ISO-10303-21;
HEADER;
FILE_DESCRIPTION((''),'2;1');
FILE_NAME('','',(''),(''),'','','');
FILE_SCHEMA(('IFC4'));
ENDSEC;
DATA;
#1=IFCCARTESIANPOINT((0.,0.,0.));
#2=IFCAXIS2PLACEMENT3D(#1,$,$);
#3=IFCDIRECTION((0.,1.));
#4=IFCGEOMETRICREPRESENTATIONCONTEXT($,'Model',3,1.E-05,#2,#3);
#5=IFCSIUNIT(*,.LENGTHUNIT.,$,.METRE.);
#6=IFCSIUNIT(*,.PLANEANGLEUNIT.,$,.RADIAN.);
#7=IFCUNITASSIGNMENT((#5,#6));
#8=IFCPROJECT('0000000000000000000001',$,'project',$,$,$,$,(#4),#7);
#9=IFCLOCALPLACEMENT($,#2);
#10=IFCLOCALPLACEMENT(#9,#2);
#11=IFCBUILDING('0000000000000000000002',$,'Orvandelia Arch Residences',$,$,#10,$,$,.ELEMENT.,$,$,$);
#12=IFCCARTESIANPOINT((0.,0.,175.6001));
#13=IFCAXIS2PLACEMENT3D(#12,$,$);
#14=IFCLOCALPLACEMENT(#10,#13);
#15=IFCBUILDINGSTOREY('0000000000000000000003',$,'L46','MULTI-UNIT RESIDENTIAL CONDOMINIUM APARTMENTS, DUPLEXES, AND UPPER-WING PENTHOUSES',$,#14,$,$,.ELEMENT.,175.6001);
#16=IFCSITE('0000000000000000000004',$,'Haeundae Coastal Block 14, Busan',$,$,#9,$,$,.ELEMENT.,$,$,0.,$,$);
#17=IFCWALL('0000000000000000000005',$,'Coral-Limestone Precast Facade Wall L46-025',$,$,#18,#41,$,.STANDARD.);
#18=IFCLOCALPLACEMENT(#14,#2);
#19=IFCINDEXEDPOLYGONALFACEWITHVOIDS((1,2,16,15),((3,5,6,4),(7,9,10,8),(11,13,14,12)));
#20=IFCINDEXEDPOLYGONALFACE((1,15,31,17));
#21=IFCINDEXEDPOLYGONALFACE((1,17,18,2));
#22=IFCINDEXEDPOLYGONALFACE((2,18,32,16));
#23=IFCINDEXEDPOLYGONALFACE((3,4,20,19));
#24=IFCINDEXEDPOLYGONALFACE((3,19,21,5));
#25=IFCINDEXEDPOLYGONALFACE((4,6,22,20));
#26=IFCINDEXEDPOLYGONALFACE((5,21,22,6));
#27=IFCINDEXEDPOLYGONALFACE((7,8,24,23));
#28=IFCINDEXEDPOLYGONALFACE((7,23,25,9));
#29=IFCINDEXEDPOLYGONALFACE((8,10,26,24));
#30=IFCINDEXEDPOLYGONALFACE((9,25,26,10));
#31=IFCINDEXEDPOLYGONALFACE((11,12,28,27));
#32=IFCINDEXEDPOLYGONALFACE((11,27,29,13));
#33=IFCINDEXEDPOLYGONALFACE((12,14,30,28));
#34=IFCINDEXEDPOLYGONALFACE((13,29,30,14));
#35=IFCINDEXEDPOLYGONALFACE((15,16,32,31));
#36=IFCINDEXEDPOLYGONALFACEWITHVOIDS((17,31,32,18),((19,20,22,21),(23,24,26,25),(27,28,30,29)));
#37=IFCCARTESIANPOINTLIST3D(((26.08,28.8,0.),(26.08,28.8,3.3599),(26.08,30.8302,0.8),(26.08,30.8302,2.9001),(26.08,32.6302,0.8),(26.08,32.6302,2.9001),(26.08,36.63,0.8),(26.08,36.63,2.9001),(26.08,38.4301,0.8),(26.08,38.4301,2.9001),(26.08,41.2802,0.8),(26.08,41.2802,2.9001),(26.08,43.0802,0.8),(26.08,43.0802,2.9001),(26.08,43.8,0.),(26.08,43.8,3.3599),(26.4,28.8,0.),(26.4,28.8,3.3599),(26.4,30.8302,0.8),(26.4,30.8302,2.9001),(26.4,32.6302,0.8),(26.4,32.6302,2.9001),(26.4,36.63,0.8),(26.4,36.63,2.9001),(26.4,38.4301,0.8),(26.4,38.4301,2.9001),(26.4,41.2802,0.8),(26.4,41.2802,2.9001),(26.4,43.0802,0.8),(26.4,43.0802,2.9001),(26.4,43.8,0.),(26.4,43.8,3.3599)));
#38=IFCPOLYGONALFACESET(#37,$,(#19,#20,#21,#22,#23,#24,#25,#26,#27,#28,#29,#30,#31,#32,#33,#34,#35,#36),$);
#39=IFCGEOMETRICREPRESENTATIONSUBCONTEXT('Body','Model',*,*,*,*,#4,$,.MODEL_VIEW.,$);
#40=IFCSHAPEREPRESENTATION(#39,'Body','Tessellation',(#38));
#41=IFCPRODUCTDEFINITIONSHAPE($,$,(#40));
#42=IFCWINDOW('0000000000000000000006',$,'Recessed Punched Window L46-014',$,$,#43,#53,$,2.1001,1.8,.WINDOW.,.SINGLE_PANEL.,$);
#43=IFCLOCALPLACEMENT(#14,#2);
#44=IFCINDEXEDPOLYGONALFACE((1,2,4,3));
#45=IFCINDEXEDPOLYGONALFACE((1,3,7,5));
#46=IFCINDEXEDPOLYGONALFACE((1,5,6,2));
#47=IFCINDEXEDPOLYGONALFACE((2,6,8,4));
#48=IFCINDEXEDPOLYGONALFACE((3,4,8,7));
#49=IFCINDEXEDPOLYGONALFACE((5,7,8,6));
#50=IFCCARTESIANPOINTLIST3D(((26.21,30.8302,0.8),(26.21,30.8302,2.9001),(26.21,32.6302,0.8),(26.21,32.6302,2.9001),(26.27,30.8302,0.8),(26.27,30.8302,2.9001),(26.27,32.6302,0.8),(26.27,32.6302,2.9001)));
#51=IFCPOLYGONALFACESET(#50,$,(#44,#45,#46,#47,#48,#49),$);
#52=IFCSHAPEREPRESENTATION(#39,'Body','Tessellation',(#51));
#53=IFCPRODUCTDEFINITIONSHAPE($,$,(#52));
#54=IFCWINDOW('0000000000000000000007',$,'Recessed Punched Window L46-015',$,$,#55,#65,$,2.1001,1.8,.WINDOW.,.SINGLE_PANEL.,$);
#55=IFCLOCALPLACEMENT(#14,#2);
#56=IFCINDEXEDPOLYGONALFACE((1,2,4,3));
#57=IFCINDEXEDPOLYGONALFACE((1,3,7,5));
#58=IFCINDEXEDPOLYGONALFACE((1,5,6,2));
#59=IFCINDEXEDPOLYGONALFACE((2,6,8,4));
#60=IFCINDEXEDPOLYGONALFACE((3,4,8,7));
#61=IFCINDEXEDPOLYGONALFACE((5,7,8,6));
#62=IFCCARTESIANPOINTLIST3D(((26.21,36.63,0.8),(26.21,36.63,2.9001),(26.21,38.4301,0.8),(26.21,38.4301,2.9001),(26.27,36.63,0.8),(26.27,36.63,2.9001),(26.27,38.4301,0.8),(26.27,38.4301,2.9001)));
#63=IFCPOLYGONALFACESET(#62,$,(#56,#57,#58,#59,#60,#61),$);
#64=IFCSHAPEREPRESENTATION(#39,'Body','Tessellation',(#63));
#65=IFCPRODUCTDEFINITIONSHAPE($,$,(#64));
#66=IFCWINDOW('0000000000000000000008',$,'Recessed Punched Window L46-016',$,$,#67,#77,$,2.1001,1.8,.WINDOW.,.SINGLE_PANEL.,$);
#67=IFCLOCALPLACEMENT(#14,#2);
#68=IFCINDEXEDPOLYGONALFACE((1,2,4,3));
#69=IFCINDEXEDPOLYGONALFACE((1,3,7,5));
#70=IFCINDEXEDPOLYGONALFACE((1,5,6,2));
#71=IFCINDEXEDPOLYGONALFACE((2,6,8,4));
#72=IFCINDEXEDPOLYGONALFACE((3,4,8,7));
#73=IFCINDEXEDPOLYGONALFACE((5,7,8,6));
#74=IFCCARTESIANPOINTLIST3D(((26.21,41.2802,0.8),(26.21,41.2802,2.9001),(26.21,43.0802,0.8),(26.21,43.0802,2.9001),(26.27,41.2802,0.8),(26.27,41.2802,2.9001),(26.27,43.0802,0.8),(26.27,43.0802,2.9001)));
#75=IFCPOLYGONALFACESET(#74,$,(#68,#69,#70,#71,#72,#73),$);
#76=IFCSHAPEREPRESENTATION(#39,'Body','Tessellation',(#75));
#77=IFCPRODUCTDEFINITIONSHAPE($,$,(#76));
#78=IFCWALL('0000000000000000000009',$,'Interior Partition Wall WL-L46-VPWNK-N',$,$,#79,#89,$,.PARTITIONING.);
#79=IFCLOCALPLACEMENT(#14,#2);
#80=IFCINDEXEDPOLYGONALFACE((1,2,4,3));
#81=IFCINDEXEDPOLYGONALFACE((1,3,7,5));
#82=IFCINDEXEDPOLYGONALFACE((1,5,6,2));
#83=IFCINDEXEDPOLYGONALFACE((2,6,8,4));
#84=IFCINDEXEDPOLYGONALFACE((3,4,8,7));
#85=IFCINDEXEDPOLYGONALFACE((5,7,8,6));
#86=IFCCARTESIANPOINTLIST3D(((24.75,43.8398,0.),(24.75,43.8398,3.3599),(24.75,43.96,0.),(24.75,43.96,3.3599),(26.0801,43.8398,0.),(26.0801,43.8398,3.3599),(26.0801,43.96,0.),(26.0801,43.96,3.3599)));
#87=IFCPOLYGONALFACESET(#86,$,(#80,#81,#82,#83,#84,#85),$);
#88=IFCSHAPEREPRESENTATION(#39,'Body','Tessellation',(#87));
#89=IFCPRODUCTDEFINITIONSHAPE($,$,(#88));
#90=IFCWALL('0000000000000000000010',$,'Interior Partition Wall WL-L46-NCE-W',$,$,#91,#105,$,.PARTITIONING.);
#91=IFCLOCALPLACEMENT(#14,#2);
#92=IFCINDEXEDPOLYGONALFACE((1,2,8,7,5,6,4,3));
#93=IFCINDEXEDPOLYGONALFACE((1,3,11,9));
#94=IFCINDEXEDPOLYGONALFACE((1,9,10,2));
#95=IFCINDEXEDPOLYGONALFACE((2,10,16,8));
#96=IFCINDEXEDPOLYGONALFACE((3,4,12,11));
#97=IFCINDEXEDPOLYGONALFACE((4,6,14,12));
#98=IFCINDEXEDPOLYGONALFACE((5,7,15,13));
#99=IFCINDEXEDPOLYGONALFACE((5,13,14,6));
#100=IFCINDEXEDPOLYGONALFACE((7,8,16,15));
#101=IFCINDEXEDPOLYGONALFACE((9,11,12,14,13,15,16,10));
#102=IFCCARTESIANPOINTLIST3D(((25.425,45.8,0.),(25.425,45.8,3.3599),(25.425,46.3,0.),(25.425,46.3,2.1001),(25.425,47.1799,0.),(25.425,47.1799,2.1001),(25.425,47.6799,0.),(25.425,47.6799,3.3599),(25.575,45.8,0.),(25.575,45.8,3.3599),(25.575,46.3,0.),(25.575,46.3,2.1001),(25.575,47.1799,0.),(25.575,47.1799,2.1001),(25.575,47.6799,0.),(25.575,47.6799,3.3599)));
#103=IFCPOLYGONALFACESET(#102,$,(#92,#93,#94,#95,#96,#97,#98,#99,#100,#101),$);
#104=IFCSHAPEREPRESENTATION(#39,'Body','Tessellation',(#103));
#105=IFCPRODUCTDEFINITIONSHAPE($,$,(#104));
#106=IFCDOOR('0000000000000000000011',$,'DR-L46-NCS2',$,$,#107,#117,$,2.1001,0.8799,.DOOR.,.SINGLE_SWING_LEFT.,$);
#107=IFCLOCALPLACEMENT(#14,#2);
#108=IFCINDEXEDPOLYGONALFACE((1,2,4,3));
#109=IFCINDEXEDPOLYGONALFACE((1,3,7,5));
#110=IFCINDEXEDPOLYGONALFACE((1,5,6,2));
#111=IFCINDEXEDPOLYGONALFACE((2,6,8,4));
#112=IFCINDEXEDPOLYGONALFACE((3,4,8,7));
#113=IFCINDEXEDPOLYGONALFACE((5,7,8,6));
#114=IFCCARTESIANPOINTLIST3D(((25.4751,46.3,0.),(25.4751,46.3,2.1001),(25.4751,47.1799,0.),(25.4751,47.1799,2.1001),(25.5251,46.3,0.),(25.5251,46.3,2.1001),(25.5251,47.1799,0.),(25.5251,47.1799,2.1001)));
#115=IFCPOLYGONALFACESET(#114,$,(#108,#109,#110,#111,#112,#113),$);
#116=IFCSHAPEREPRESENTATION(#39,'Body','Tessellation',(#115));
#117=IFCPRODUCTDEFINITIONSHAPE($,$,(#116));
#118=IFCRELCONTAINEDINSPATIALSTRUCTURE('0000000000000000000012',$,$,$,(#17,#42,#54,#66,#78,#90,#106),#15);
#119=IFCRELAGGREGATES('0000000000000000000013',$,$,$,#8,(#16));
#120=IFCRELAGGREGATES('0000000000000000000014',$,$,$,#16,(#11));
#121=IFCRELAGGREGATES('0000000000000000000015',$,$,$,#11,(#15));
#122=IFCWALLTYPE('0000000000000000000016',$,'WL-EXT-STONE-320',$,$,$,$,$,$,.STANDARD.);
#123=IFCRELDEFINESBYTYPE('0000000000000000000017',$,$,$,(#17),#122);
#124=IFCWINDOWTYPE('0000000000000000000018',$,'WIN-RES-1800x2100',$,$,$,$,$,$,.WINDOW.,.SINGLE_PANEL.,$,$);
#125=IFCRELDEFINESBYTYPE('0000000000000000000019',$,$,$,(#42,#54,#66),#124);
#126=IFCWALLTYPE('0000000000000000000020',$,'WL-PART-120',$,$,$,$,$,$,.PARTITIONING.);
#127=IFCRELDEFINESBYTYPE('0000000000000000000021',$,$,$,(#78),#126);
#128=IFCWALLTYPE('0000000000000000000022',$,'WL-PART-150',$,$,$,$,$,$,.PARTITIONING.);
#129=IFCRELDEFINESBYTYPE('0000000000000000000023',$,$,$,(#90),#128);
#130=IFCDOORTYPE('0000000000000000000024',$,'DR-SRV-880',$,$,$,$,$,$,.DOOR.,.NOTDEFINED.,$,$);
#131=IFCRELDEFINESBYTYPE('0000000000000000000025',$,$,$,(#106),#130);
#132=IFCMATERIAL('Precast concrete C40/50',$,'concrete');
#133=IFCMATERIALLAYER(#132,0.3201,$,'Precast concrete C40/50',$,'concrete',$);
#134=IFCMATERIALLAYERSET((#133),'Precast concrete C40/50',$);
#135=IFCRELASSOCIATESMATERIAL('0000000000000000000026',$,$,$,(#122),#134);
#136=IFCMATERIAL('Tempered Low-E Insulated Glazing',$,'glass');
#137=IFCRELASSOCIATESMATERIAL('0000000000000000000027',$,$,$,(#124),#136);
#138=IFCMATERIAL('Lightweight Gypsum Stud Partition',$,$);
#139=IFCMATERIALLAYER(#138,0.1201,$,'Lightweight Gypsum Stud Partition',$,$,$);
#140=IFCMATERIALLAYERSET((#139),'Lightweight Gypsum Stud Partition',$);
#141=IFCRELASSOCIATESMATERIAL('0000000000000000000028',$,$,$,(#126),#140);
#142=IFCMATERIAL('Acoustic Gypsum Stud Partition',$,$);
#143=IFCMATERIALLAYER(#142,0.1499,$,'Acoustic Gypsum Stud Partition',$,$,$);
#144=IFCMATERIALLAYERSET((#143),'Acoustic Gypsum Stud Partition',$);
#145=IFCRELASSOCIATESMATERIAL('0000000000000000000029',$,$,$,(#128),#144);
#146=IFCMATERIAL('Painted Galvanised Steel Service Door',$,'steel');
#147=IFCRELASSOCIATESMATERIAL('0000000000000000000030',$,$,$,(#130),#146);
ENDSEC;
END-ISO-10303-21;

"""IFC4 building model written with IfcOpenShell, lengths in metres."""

from ifc_helpers import new_model, si_unit, direction, frame, frame_2d, origin, place, context, subcontext, project, spatial, rectangle, extrude, material, layer, layer_set, type_object, element, fill, save


model = new_model("IFC4")

# Units and contexts
model_context = context("Model", 3, precision=1e-05, world=origin(), true_north=direction((0.0, 1.0)))
body_context = subcontext(model_context, "Body", "Model", "MODEL_VIEW")
ifc_project = project(units=[si_unit("LENGTHUNIT", "METRE"), si_unit("PLANEANGLEUNIT", "RADIAN")], contexts=[model_context])

# Site, building, storey
site_placement = place(None, origin())
site = spatial("IfcSite", under=ifc_project, at=site_placement, Name="Haeundae Coastal Block 14, Busan", CompositionType="ELEMENT", RefElevation=0.0)
building_placement = place(site_placement, origin())
building = spatial("IfcBuilding", under=site, at=building_placement, Name="Orvandelia Arch Residences", CompositionType="ELEMENT")
storey_placement = place(building_placement, frame((0.0, 0.0, 175.6001)))
storey = spatial("IfcBuildingStorey", under=building, at=storey_placement, Name="L46", Description="MULTI-UNIT RESIDENTIAL CONDOMINIUM APARTMENTS, DUPLEXES, AND UPPER-WING PENTHOUSES", CompositionType="ELEMENT", Elevation=175.6001)

# Shared definitions
ifc_material_1 = material(Name="Precast concrete C40/50", Category="concrete")
ifc_layer_1 = layer(ifc_material_1, 0.3201, Name="Precast concrete C40/50", Category="concrete")
ifc_layer_set_1 = layer_set([ifc_layer_1], Name="Precast concrete C40/50")
wall_type_1 = type_object("IfcWallType", Name="WL-EXT-STONE-320", PredefinedType="STANDARD", material=ifc_layer_set_1)
ifc_material_2 = material(Name="Tempered Low-E Insulated Glazing", Category="glass")
window_type = type_object("IfcWindowType", Name="WIN-RES-1800x2100", PartitioningType="SINGLE_PANEL", PredefinedType="WINDOW", material=ifc_material_2)

# Wall, openings, windows
wall_1_placement = place(storey_placement, frame((26.24, 43.8, 0.0), z_axis=(0.0, 0.0, 1.0), x_axis=(0.0, -1.0, 0.0)))
wall_1 = element("IfcWall", 1, at=wall_1_placement, inside=storey, type_object=wall_type_1, Name="Coral-Limestone Precast Facade Wall L46-025", PredefinedType="STANDARD", context=body_context, shape_type="SweptSolid", body=[
    extrude(rectangle(XDim=15.0, YDim=0.3201, at=frame_2d((7.5, 0.0))), origin(), (0.0, 0.0, 1.0), 3.3599),
])
opening_1_placement = place(wall_1_placement, frame((11.1699, 0.0, 0.8)))
opening_1 = element("IfcOpeningElement", 2, at=opening_1_placement, cuts=wall_1, PredefinedType="OPENING", context=body_context, shape_type="SweptSolid", body=[
    extrude(rectangle(XDim=1.8, YDim=2.1001, at=frame_2d((0.8999, 1.05))), frame((0.0, 0.1699, 0.0), z_axis=(0.0, -1.0, 0.0), x_axis=(1.0, 0.0, 0.0)), (0.0, 0.0, 1.0), 0.3401),
])
opening_2_placement = place(wall_1_placement, frame((5.3701, 0.0, 0.8)))
opening_2 = element("IfcOpeningElement", 3, at=opening_2_placement, cuts=wall_1, PredefinedType="OPENING", context=body_context, shape_type="SweptSolid", body=[
    extrude(rectangle(XDim=1.8, YDim=2.1001, at=frame_2d((0.8999, 1.05))), frame((0.0, 0.1699, 0.0), z_axis=(0.0, -1.0, 0.0), x_axis=(1.0, 0.0, 0.0)), (0.0, 0.0, 1.0), 0.3401),
])
opening_3_placement = place(wall_1_placement, frame((0.72, 0.0, 0.8)))
opening_3 = element("IfcOpeningElement", 4, at=opening_3_placement, cuts=wall_1, PredefinedType="OPENING", context=body_context, shape_type="SweptSolid", body=[
    extrude(rectangle(XDim=1.8, YDim=2.1001, at=frame_2d((0.8999, 1.05))), frame((0.0, 0.1699, 0.0), z_axis=(0.0, -1.0, 0.0), x_axis=(1.0, 0.0, 0.0)), (0.0, 0.0, 1.0), 0.3401),
])
window_1_placement = place(opening_1_placement, origin())
window_1 = element("IfcWindow", 5, at=window_1_placement, inside=storey, type_object=window_type, Name="Recessed Punched Window L46-014", OverallHeight=2.1001, OverallWidth=1.8, PartitioningType="SINGLE_PANEL", PredefinedType="WINDOW", context=body_context, shape_type="SweptSolid", body=[
    extrude(rectangle(XDim=1.8, YDim=2.1001, at=frame_2d((0.8999, 1.05))), frame((0.0, 0.03, 0.0), z_axis=(0.0, -1.0, 0.0), x_axis=(1.0, 0.0, 0.0)), (0.0, 0.0, 1.0), 0.0601),
])
fill(opening_1, window_1)
window_2_placement = place(opening_2_placement, origin())
window_2 = element("IfcWindow", 6, at=window_2_placement, inside=storey, type_object=window_type, Name="Recessed Punched Window L46-015", OverallHeight=2.1001, OverallWidth=1.8, PartitioningType="SINGLE_PANEL", PredefinedType="WINDOW", context=body_context, shape_type="SweptSolid", body=[
    extrude(rectangle(XDim=1.8, YDim=2.1001, at=frame_2d((0.8999, 1.05))), frame((0.0, 0.03, 0.0), z_axis=(0.0, -1.0, 0.0), x_axis=(1.0, 0.0, 0.0)), (0.0, 0.0, 1.0), 0.0601),
])
fill(opening_2, window_2)
window_3_placement = place(opening_3_placement, origin())
window_3 = element("IfcWindow", 7, at=window_3_placement, inside=storey, type_object=window_type, Name="Recessed Punched Window L46-016", OverallHeight=2.1001, OverallWidth=1.8, PartitioningType="SINGLE_PANEL", PredefinedType="WINDOW", context=body_context, shape_type="SweptSolid", body=[
    extrude(rectangle(XDim=1.8, YDim=2.1001, at=frame_2d((0.8999, 1.05))), frame((0.0, 0.03, 0.0), z_axis=(0.0, -1.0, 0.0), x_axis=(1.0, 0.0, 0.0)), (0.0, 0.0, 1.0), 0.0601),
])
fill(opening_3, window_3)

# Wall
ifc_material_3 = material(Name="Lightweight Gypsum Stud Partition")
ifc_layer_2 = layer(ifc_material_3, 0.1201, Name="Lightweight Gypsum Stud Partition")
ifc_layer_set_2 = layer_set([ifc_layer_2], Name="Lightweight Gypsum Stud Partition")
wall_type_2 = type_object("IfcWallType", Name="WL-PART-120", PredefinedType="PARTITIONING", material=ifc_layer_set_2)
wall_2_placement = place(storey_placement, frame((24.75, 43.8999, 0.0), z_axis=(0.0, 0.0, 1.0), x_axis=(1.0, 0.0, 0.0)))
element("IfcWall", 8, at=wall_2_placement, inside=storey, type_object=wall_type_2, Name="Interior Partition Wall WL-L46-VPWNK-N", PredefinedType="PARTITIONING", context=body_context, shape_type="SweptSolid", body=[
    extrude(rectangle(XDim=1.3301, YDim=0.1201, at=frame_2d((0.665, 0.0))), origin(), (0.0, 0.0, 1.0), 3.3599),
])

# Wall, opening, door
ifc_material_4 = material(Name="Acoustic Gypsum Stud Partition")
ifc_layer_3 = layer(ifc_material_4, 0.1499, Name="Acoustic Gypsum Stud Partition")
ifc_layer_set_3 = layer_set([ifc_layer_3], Name="Acoustic Gypsum Stud Partition")
wall_type_3 = type_object("IfcWallType", Name="WL-PART-150", PredefinedType="PARTITIONING", material=ifc_layer_set_3)
wall_3_placement = place(storey_placement, frame((25.5, 45.8, 0.0), z_axis=(0.0, 0.0, 1.0), x_axis=(0.0, 1.0, 0.0)))
wall_3 = element("IfcWall", 9, at=wall_3_placement, inside=storey, type_object=wall_type_3, Name="Interior Partition Wall WL-L46-NCE-W", PredefinedType="PARTITIONING", context=body_context, shape_type="SweptSolid", body=[
    extrude(rectangle(XDim=1.8799, YDim=0.1499, at=frame_2d((0.9399, 0.0))), origin(), (0.0, 0.0, 1.0), 3.3599),
])
opening_4_placement = place(wall_3_placement, frame((0.5, 0.0, 0.0)))
opening_4 = element("IfcOpeningElement", 10, at=opening_4_placement, cuts=wall_3, PredefinedType="OPENING", context=body_context, shape_type="SweptSolid", body=[
    extrude(rectangle(XDim=0.8799, YDim=2.1001, at=frame_2d((0.4399, 1.05))), frame((0.0, 0.085, 0.0), z_axis=(0.0, -1.0, 0.0), x_axis=(1.0, 0.0, 0.0)), (0.0, 0.0, 1.0), 0.1699),
])
ifc_material_5 = material(Name="Painted Galvanised Steel Service Door", Category="steel")
door_type_1 = type_object("IfcDoorType", Name="DR-SRV-880", OperationType="NOTDEFINED", PredefinedType="DOOR", material=ifc_material_5)
door_1_placement = place(opening_4_placement, origin())
door_1 = element("IfcDoor", 11, at=door_1_placement, inside=storey, type_object=door_type_1, Name="DR-L46-NCS2", OperationType="SINGLE_SWING_LEFT", OverallHeight=2.1001, OverallWidth=0.8799, PredefinedType="DOOR", context=body_context, shape_type="SweptSolid", body=[
    extrude(rectangle(XDim=0.8799, YDim=2.1001, at=frame_2d((0.4399, 1.05))), frame((0.0, 0.0249, 0.0), z_axis=(0.0, -1.0, 0.0), x_axis=(1.0, 0.0, 0.0)), (0.0, 0.0, 1.0), 0.05),
])
fill(opening_4, door_1)

save(model, "model.ifc")
